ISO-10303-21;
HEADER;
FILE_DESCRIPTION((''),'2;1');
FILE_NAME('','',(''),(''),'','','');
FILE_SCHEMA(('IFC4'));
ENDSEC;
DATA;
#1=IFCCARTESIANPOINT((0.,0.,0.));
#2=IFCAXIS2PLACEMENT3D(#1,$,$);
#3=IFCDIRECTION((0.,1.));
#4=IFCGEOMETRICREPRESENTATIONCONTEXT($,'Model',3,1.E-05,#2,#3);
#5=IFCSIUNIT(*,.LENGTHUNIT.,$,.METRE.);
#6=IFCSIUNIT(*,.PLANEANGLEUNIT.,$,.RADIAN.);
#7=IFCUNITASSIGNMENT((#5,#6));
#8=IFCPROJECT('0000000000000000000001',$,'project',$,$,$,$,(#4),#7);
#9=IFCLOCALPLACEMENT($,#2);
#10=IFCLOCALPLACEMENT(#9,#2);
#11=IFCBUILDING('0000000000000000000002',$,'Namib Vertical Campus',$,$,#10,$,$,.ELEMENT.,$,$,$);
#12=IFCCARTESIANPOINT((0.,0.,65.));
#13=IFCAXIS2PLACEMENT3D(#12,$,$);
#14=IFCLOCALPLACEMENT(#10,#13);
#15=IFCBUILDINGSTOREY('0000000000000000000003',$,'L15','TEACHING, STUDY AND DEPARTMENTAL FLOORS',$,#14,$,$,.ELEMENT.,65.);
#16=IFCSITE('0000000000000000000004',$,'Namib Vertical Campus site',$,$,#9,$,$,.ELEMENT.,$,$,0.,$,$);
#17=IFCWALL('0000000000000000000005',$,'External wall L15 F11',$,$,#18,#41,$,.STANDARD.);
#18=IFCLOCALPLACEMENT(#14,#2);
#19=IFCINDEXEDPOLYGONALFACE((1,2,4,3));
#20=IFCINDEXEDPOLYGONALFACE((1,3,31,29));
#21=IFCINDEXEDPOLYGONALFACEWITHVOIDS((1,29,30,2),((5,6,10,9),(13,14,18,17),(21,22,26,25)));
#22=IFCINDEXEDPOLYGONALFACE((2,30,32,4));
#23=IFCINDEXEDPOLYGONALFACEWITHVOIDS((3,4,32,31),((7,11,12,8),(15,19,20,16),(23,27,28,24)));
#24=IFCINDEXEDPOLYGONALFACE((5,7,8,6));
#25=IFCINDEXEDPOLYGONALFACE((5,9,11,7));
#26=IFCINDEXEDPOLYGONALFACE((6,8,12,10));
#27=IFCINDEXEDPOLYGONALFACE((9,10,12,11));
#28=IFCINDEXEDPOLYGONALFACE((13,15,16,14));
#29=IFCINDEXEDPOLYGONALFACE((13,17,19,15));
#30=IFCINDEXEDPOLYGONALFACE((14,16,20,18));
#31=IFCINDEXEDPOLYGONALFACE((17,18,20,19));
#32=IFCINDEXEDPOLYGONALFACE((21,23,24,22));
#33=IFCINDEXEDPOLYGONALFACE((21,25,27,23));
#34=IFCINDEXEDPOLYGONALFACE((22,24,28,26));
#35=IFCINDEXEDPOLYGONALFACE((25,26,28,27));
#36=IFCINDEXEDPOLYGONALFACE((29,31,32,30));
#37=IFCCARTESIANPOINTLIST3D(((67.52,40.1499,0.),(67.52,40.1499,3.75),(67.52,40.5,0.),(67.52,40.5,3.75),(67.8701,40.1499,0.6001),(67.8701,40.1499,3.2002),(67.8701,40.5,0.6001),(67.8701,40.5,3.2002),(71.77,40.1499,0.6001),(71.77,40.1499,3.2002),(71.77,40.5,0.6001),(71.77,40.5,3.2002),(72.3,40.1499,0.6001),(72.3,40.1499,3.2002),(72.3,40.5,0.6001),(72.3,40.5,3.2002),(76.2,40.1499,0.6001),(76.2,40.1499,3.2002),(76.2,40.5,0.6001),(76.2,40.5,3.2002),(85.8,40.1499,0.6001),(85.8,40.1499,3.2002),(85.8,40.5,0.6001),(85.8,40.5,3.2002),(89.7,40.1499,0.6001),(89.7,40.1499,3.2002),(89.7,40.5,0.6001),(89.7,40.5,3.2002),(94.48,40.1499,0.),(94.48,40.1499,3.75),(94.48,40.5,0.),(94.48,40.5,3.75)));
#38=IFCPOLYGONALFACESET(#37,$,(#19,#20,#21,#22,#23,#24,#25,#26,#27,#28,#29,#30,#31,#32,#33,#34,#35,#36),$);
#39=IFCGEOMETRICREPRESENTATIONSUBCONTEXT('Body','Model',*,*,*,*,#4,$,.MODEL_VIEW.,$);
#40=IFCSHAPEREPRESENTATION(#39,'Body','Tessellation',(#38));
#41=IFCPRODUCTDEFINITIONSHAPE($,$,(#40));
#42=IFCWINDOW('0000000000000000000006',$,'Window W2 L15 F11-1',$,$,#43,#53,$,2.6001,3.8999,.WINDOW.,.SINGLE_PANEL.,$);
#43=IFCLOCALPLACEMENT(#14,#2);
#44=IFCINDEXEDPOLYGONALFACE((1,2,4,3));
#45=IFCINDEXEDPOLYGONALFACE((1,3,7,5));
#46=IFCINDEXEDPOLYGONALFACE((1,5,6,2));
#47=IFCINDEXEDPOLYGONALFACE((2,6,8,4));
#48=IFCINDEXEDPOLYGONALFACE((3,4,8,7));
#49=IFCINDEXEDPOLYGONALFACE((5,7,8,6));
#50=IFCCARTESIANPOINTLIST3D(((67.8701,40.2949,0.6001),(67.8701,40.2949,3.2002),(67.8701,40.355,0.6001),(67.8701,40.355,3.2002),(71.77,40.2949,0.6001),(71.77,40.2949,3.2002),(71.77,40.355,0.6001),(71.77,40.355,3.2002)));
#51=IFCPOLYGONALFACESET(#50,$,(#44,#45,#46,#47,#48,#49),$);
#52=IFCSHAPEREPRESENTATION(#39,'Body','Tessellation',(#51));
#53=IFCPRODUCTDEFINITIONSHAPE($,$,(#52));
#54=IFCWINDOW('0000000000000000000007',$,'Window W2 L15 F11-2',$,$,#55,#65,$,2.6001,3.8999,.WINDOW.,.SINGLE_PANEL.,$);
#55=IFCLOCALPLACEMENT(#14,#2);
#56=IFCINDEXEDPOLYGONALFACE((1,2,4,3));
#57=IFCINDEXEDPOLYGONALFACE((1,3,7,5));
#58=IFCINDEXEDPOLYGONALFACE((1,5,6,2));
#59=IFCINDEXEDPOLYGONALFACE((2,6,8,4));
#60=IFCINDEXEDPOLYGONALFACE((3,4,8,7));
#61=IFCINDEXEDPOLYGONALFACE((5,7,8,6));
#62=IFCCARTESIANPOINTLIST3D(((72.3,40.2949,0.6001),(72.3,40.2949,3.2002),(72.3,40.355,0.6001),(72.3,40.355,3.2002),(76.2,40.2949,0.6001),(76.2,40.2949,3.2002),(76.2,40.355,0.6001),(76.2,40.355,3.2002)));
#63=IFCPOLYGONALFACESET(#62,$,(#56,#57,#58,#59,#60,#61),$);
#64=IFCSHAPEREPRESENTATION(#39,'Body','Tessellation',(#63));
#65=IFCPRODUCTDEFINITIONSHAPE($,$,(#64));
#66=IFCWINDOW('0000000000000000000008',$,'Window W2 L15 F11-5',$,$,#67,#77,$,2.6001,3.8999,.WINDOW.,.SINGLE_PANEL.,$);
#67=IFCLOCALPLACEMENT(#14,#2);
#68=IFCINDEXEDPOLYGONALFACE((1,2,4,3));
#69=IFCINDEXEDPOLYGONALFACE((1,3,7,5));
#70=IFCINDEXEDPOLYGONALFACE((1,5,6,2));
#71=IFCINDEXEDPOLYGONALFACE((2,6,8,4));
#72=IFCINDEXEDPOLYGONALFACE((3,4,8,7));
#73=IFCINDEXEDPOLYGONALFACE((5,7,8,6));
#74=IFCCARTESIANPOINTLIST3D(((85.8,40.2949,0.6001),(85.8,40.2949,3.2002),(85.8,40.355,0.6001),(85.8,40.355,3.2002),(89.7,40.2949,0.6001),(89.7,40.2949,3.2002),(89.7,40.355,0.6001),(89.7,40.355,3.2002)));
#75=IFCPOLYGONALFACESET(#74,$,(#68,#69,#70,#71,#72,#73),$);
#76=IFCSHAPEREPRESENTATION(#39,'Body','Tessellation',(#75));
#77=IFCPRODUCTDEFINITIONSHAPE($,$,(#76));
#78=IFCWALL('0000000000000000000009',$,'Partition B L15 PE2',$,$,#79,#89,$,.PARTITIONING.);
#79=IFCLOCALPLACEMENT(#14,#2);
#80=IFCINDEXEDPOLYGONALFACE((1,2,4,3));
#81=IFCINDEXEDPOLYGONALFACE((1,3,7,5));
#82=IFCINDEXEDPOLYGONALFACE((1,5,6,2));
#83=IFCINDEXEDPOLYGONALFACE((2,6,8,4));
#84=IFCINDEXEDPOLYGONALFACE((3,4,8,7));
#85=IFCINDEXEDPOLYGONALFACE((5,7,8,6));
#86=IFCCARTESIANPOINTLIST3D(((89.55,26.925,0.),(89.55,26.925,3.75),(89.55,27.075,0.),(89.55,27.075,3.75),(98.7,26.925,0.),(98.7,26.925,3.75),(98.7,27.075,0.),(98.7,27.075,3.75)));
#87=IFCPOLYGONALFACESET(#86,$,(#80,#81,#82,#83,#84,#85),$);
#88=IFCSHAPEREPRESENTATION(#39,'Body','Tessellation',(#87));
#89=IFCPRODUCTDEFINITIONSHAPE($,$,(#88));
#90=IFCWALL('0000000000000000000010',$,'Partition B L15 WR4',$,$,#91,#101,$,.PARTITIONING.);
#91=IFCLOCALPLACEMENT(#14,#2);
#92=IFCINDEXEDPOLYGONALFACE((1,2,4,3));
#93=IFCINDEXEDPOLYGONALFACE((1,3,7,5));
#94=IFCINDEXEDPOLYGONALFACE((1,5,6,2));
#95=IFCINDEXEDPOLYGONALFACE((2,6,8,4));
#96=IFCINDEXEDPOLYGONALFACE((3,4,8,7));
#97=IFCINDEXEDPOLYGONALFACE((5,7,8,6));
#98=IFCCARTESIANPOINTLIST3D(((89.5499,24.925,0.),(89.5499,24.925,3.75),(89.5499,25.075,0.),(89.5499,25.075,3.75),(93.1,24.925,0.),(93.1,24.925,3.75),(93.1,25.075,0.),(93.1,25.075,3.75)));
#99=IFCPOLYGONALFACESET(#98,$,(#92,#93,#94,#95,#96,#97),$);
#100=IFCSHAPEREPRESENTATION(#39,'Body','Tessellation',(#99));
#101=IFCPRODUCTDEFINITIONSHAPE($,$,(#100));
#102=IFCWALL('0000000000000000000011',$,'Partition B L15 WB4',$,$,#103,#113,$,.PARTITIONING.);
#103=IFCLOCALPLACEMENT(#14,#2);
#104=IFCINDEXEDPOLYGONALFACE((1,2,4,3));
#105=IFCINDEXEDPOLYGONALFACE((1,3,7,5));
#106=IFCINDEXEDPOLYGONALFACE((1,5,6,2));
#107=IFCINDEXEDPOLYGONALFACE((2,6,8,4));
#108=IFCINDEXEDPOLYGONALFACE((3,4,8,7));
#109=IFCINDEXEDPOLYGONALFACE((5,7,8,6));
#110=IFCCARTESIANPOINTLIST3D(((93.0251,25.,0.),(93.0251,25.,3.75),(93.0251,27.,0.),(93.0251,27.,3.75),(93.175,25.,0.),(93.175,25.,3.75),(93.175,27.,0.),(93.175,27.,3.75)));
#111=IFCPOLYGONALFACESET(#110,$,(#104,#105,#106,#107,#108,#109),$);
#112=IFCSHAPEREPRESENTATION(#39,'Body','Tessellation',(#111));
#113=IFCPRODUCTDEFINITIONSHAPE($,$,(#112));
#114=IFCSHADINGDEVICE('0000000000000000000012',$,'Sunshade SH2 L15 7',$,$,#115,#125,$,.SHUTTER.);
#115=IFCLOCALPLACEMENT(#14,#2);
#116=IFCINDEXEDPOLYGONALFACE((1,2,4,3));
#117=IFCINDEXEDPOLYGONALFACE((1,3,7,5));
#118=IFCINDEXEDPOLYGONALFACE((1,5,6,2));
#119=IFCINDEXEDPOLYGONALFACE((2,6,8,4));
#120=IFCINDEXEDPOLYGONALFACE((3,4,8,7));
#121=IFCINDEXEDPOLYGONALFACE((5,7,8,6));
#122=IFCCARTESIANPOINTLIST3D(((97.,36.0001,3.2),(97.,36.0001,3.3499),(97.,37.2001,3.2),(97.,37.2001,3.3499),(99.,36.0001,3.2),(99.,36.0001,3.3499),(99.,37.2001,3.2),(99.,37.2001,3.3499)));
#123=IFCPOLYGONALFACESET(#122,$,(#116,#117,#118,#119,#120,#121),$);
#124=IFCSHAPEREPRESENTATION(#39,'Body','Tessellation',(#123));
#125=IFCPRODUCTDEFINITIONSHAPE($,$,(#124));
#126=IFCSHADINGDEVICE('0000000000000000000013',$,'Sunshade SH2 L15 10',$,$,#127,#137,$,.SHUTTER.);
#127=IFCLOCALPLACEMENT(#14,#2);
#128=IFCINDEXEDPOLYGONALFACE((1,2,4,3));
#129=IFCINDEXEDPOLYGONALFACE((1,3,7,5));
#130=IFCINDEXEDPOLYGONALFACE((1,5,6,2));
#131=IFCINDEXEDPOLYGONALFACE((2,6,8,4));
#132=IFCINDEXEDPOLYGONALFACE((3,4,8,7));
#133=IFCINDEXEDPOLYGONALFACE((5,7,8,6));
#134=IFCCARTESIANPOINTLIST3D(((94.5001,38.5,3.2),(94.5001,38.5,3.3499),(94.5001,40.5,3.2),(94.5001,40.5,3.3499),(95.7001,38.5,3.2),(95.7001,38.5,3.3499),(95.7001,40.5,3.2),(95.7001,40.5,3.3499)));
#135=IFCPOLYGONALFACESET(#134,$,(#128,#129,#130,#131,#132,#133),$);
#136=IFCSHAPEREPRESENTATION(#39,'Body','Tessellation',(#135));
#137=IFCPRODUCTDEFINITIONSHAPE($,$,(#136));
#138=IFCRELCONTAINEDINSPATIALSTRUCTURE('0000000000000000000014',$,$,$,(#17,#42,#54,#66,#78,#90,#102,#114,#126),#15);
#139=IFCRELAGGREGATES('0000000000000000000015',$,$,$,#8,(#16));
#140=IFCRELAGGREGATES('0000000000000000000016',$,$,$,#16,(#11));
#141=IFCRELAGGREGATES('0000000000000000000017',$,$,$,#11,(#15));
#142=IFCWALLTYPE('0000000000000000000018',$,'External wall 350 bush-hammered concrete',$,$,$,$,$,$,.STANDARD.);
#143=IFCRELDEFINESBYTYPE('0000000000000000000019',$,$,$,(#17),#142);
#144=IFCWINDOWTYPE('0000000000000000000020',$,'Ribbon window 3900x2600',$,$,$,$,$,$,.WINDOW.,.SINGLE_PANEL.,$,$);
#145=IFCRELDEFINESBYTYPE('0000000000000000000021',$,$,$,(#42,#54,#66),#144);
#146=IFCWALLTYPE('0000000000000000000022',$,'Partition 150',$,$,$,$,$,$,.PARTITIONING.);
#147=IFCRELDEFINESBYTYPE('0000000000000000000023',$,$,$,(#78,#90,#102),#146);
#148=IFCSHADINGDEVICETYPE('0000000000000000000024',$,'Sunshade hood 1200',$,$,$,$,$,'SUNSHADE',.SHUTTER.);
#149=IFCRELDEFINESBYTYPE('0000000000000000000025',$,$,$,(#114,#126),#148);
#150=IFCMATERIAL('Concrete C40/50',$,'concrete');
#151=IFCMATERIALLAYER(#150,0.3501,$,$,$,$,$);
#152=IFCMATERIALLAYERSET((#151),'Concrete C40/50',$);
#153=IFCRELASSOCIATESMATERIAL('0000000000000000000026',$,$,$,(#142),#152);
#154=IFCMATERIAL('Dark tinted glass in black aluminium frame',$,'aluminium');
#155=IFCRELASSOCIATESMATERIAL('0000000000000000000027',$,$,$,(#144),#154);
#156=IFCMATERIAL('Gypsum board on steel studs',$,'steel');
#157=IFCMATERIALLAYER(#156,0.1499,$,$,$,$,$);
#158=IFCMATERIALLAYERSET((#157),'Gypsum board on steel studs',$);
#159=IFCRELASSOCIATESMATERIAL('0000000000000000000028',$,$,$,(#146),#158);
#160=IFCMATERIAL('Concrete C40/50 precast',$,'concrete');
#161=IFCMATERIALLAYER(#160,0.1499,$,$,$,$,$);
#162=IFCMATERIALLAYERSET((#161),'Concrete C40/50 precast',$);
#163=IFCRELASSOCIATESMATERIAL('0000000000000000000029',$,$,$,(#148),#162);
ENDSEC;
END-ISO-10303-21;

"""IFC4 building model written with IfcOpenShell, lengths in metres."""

from ifc_helpers import new_model, si_unit, direction, frame, frame_2d, origin, origin_2d, place, context, subcontext, project, spatial, rectangle, extrude, material, layer, layer_set, type_object, element, fill, save


model = new_model("IFC4")

# Units and contexts
model_context = context("Model", 3, precision=1e-05, world=origin(), true_north=direction((0.0, 1.0)))
body_context = subcontext(model_context, "Body", "Model", "MODEL_VIEW")
ifc_project = project(units=[si_unit("LENGTHUNIT", "METRE"), si_unit("PLANEANGLEUNIT", "RADIAN")], contexts=[model_context])

# Site, building, storey
site_placement = place(None, origin())
site = spatial("IfcSite", under=ifc_project, at=site_placement, Name="Namib Vertical Campus site", CompositionType="ELEMENT", RefElevation=0.0)
building_placement = place(site_placement, origin())
building = spatial("IfcBuilding", under=site, at=building_placement, Name="Namib Vertical Campus", CompositionType="ELEMENT")
storey_placement = place(building_placement, frame((0.0, 0.0, 65.0)))
storey = spatial("IfcBuildingStorey", under=building, at=storey_placement, Name="L15", Description="TEACHING, STUDY AND DEPARTMENTAL FLOORS", CompositionType="ELEMENT", Elevation=65.0)

# Shared definitions
ifc_material_1 = material(Name="Concrete C40/50", Category="concrete")
ifc_layer_1 = layer(ifc_material_1, 0.3501)
ifc_layer_set_1 = layer_set([ifc_layer_1], Name="Concrete C40/50")
wall_type_1 = type_object("IfcWallType", Name="External wall 350 bush-hammered concrete", PredefinedType="STANDARD", material=ifc_layer_set_1)

# Wall, openings, windows
wall_1_placement = place(storey_placement, frame((94.48, 40.325, 0.0), z_axis=(0.0, 0.0, 1.0), x_axis=(-1.0, 0.0, 0.0)))
wall_1 = element("IfcWall", 1, at=wall_1_placement, inside=storey, type_object=wall_type_1, Name="External wall L15 F11", PredefinedType="STANDARD", context=body_context, shape_type="SweptSolid", body=[
    extrude(rectangle(XDim=26.96, YDim=0.3501, at=frame_2d((13.48, 0.0))), origin(), (0.0, 0.0, 1.0), 3.75),
])
opening_1_placement = place(wall_1_placement, frame((22.71, 0.0, 0.6001)))
opening_1 = element("IfcOpeningElement", 2, at=opening_1_placement, cuts=wall_1, PredefinedType="OPENING", context=body_context, shape_type="SweptSolid", body=[
    extrude(rectangle(XDim=3.8999, YDim=2.6001, at=frame_2d((1.95, 1.3))), frame((0.0, 0.1851, 0.0), z_axis=(0.0, -1.0, 0.0), x_axis=(1.0, 0.0, 0.0)), (0.0, 0.0, 1.0), 0.3701),
])
opening_2_placement = place(wall_1_placement, frame((18.28, 0.0, 0.6001)))
opening_2 = element("IfcOpeningElement", 3, at=opening_2_placement, cuts=wall_1, PredefinedType="OPENING", context=body_context, shape_type="SweptSolid", body=[
    extrude(rectangle(XDim=3.8999, YDim=2.6001, at=frame_2d((1.95, 1.3))), frame((0.0, 0.1851, 0.0), z_axis=(0.0, -1.0, 0.0), x_axis=(1.0, 0.0, 0.0)), (0.0, 0.0, 1.0), 0.3701),
])
opening_3_placement = place(wall_1_placement, frame((4.78, 0.0, 0.6001)))
opening_3 = element("IfcOpeningElement", 4, at=opening_3_placement, cuts=wall_1, PredefinedType="OPENING", context=body_context, shape_type="SweptSolid", body=[
    extrude(rectangle(XDim=3.8999, YDim=2.6001, at=frame_2d((1.95, 1.3))), frame((0.0, 0.1851, 0.0), z_axis=(0.0, -1.0, 0.0), x_axis=(1.0, 0.0, 0.0)), (0.0, 0.0, 1.0), 0.3701),
])
ifc_material_2 = material(Name="Dark tinted glass in black aluminium frame", Category="aluminium")
window_type = type_object("IfcWindowType", Name="Ribbon window 3900x2600", PartitioningType="SINGLE_PANEL", PredefinedType="WINDOW", material=ifc_material_2)
window_1_placement = place(opening_1_placement, origin())
window_1 = element("IfcWindow", 5, at=window_1_placement, inside=storey, type_object=window_type, Name="Window W2 L15 F11-1", OverallHeight=2.6001, OverallWidth=3.8999, PartitioningType="SINGLE_PANEL", PredefinedType="WINDOW", context=body_context, shape_type="SweptSolid", body=[
    extrude(rectangle(XDim=3.8999, YDim=2.6001, at=frame_2d((1.95, 1.3))), frame((0.0, 0.03, 0.0), z_axis=(0.0, -1.0, 0.0), x_axis=(1.0, 0.0, 0.0)), (0.0, 0.0, 1.0), 0.0601),
])
fill(opening_1, window_1)
window_2_placement = place(opening_2_placement, origin())
window_2 = element("IfcWindow", 6, at=window_2_placement, inside=storey, type_object=window_type, Name="Window W2 L15 F11-2", OverallHeight=2.6001, OverallWidth=3.8999, PartitioningType="SINGLE_PANEL", PredefinedType="WINDOW", context=body_context, shape_type="SweptSolid", body=[
    extrude(rectangle(XDim=3.8999, YDim=2.6001, at=frame_2d((1.95, 1.3))), frame((0.0, 0.03, 0.0), z_axis=(0.0, -1.0, 0.0), x_axis=(1.0, 0.0, 0.0)), (0.0, 0.0, 1.0), 0.0601),
])
fill(opening_2, window_2)
window_3_placement = place(opening_3_placement, origin())
window_3 = element("IfcWindow", 7, at=window_3_placement, inside=storey, type_object=window_type, Name="Window W2 L15 F11-5", OverallHeight=2.6001, OverallWidth=3.8999, PartitioningType="SINGLE_PANEL", PredefinedType="WINDOW", context=body_context, shape_type="SweptSolid", body=[
    extrude(rectangle(XDim=3.8999, YDim=2.6001, at=frame_2d((1.95, 1.3))), frame((0.0, 0.03, 0.0), z_axis=(0.0, -1.0, 0.0), x_axis=(1.0, 0.0, 0.0)), (0.0, 0.0, 1.0), 0.0601),
])
fill(opening_3, window_3)

# Walls
ifc_material_3 = material(Name="Gypsum board on steel studs", Category="steel")
ifc_layer_2 = layer(ifc_material_3, 0.1499)
ifc_layer_set_2 = layer_set([ifc_layer_2], Name="Gypsum board on steel studs")
wall_type_2 = type_object("IfcWallType", Name="Partition 150", PredefinedType="PARTITIONING", material=ifc_layer_set_2)
wall_2_placement = place(storey_placement, frame((89.55, 27.0, 0.0), z_axis=(0.0, 0.0, 1.0), x_axis=(1.0, 0.0, 0.0)))
element("IfcWall", 8, at=wall_2_placement, inside=storey, type_object=wall_type_2, Name="Partition B L15 PE2", PredefinedType="PARTITIONING", context=body_context, shape_type="SweptSolid", body=[
    extrude(rectangle(XDim=9.1499, YDim=0.1499, at=frame_2d((4.575, 0.0))), origin(), (0.0, 0.0, 1.0), 3.75),
])
wall_3_placement = place(storey_placement, frame((89.55, 25.0, 0.0), z_axis=(0.0, 0.0, 1.0), x_axis=(1.0, 0.0, 0.0)))
element("IfcWall", 9, at=wall_3_placement, inside=storey, type_object=wall_type_2, Name="Partition B L15 WR4", PredefinedType="PARTITIONING", context=body_context, shape_type="SweptSolid", body=[
    extrude(rectangle(XDim=3.55, YDim=0.1499, at=frame_2d((1.7749, 0.0))), origin(), (0.0, 0.0, 1.0), 3.75),
])
wall_4_placement = place(storey_placement, frame((93.1001, 25.0, 0.0), z_axis=(0.0, 0.0, 1.0), x_axis=(0.0, 1.0, 0.0)))
element("IfcWall", 10, at=wall_4_placement, inside=storey, type_object=wall_type_2, Name="Partition B L15 WB4", PredefinedType="PARTITIONING", context=body_context, shape_type="SweptSolid", body=[
    extrude(rectangle(XDim=2.0, YDim=0.1499, at=frame_2d((1.0, 0.0))), origin(), (0.0, 0.0, 1.0), 3.75),
])

# Shading devices
ifc_material_4 = material(Name="Concrete C40/50 precast", Category="concrete")
ifc_layer_3 = layer(ifc_material_4, 0.1499)
ifc_layer_set_3 = layer_set([ifc_layer_3], Name="Concrete C40/50 precast")
shading_device_type = type_object("IfcShadingDeviceType", Name="Sunshade hood 1200", ElementType="SUNSHADE", PredefinedType="SHUTTER", material=ifc_layer_set_3)
for number, where, z_axis, x_axis, name in (
    (11, (98.0, 36.6001, 3.2), (0.0, 0.0, 1.0), (-1.0, 0.0, 0.0), "Sunshade SH2 L15 7"),
    (12, (95.1001, 39.5, 3.2), (0.0, 0.0, 1.0), (0.0, 1.0, 0.0), "Sunshade SH2 L15 10"),
):
    element("IfcShadingDevice", number, at=place(storey_placement, frame(where, z_axis=z_axis, x_axis=x_axis)), inside=storey, type_object=shading_device_type, Name=name, PredefinedType="SHUTTER", context=body_context, shape_type="SweptSolid", body=[
        extrude(rectangle(XDim=2.0, YDim=1.2, at=origin_2d()), origin(), (0.0, 0.0, 1.0), 0.1499),
    ])

save(model, "model.ifc")
